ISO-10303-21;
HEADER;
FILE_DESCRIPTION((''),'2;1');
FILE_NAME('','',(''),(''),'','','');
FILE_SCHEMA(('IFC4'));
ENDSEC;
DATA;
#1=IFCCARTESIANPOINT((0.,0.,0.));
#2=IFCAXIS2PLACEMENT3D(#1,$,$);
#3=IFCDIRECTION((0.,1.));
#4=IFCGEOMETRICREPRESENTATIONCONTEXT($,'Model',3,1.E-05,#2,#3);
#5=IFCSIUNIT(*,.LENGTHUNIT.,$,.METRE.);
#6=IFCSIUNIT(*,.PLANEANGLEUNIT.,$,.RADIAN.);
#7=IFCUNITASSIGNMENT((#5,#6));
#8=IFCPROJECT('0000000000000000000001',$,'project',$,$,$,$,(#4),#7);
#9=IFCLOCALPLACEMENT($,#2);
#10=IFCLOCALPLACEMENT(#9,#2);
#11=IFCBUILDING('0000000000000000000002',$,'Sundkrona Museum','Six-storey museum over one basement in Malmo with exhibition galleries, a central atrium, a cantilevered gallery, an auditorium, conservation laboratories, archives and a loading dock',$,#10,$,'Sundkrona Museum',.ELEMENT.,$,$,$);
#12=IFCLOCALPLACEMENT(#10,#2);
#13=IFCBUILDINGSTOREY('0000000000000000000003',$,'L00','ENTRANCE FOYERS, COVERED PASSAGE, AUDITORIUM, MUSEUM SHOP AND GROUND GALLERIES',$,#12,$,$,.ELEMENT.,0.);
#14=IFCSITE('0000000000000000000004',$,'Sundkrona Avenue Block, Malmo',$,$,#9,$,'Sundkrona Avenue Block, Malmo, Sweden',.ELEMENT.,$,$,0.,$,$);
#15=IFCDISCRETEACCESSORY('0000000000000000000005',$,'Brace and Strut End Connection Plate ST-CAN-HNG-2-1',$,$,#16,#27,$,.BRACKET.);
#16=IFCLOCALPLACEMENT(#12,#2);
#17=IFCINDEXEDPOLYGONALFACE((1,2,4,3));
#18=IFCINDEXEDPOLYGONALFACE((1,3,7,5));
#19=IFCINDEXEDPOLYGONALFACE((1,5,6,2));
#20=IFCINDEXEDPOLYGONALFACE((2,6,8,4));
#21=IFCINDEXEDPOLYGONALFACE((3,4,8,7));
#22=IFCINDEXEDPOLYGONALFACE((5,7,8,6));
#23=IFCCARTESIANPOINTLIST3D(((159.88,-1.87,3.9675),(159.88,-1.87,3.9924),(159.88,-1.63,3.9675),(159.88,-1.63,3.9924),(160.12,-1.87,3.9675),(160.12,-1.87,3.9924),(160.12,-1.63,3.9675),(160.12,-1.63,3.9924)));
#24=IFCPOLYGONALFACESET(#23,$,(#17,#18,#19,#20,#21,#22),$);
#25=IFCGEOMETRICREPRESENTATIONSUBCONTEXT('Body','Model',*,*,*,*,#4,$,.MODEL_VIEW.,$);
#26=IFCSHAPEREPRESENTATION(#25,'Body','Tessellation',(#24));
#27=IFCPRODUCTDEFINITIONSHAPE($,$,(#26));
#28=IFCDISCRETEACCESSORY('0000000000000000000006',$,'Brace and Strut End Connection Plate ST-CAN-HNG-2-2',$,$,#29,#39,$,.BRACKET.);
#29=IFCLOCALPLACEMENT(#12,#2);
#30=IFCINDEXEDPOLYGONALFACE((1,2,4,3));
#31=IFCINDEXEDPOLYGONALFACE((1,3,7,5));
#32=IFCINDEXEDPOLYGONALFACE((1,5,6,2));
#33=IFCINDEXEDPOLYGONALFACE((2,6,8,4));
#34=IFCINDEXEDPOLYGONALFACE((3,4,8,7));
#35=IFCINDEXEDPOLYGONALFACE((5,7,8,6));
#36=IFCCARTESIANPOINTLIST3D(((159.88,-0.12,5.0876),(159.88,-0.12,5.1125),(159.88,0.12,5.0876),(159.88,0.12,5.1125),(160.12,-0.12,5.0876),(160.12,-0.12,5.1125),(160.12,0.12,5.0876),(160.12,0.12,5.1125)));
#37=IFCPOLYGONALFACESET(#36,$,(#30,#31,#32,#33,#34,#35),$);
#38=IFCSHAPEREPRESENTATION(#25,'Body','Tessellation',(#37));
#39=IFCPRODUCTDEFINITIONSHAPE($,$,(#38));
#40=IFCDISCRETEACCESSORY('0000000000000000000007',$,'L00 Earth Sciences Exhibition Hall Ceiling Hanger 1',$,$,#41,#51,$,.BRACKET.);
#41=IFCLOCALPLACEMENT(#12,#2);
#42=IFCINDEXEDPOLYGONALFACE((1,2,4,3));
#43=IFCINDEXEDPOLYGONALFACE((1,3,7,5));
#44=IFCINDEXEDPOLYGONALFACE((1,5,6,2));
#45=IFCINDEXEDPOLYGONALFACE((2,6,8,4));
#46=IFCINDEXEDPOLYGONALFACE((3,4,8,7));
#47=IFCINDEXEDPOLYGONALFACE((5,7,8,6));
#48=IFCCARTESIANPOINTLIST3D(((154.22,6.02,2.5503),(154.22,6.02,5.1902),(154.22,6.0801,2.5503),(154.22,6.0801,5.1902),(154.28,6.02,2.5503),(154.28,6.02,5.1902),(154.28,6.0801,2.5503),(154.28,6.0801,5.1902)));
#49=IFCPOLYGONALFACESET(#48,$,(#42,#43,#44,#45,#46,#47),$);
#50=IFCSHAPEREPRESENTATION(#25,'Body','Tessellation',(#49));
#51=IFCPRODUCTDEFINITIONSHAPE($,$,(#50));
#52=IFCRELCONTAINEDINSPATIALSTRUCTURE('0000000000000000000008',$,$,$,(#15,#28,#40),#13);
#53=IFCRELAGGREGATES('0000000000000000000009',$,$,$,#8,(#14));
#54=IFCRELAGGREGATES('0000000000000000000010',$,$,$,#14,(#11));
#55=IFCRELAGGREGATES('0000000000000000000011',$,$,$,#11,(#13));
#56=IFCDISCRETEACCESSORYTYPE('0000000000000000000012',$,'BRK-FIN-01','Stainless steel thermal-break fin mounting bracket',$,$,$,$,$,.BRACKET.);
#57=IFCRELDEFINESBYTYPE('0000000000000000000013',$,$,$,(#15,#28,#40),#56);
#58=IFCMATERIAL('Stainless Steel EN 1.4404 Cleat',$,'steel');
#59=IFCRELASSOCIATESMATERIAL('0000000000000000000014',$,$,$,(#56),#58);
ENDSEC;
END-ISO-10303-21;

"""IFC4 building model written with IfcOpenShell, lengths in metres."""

from ifc_helpers import new_model, si_unit, direction, frame, origin, origin_2d, place, context, subcontext, project, spatial, rectangle, extrude, material, type_object, element, save


model = new_model("IFC4")

# Units and contexts
model_context = context("Model", 3, precision=1e-05, world=origin(), true_north=direction((0.0, 1.0)))
body_context = subcontext(model_context, "Body", "Model", "MODEL_VIEW")
ifc_project = project(units=[si_unit("LENGTHUNIT", "METRE"), si_unit("PLANEANGLEUNIT", "RADIAN")], contexts=[model_context])

# Site, building, storey
site_placement = place(None, origin())
site = spatial("IfcSite", under=ifc_project, at=site_placement, Name="Sundkrona Avenue Block, Malmo", LongName="Sundkrona Avenue Block, Malmo, Sweden", CompositionType="ELEMENT", RefElevation=0.0)
building_placement = place(site_placement, origin())
building = spatial("IfcBuilding", under=site, at=building_placement, Name="Sundkrona Museum", Description="Six-storey museum over one basement in Malmo with exhibition galleries, a central atrium, a cantilevered gallery, an auditorium, conservation laboratories, archives and a loading dock", LongName="Sundkrona Museum", CompositionType="ELEMENT")
storey_placement = place(building_placement, origin())
storey = spatial("IfcBuildingStorey", under=building, at=storey_placement, Name="L00", Description="ENTRANCE FOYERS, COVERED PASSAGE, AUDITORIUM, MUSEUM SHOP AND GROUND GALLERIES", CompositionType="ELEMENT", Elevation=0.0)

# Discrete accessories
ifc_material_1 = material(Name="Stainless Steel EN 1.4404 Cleat", Category="steel")
discrete_accessory_type = type_object("IfcDiscreteAccessoryType", Name="BRK-FIN-01", Description="Stainless steel thermal-break fin mounting bracket", PredefinedType="BRACKET", material=ifc_material_1)
for number, where, z_axis, x_axis, name in (
    (1, (160.0, -1.75, 3.9675), (0.0, 0.0, 1.0), (1.0, 0.0, 0.0), "Brace and Strut End Connection Plate ST-CAN-HNG-2-1"),
    (2, (160.0, 0.0, 5.0876), (0.0, 0.0, 1.0), (1.0, 0.0, 0.0), "Brace and Strut End Connection Plate ST-CAN-HNG-2-2"),
):
    element("IfcDiscreteAccessory", number, at=place(storey_placement, frame(where, z_axis=z_axis, x_axis=x_axis)), inside=storey, type_object=discrete_accessory_type, Name=name, PredefinedType="BRACKET", context=body_context, shape_type="SweptSolid", body=[
        extrude(rectangle(XDim=0.24, YDim=0.24, at=origin_2d()), origin(), (0.0, 0.0, 1.0), 0.0249),
    ])
discrete_accessory_placement = place(storey_placement, frame((154.25, 6.05, 2.5503), z_axis=(0.0, 0.0, 1.0), x_axis=(1.0, 0.0, 0.0)))
element("IfcDiscreteAccessory", 3, at=discrete_accessory_placement, inside=storey, type_object=discrete_accessory_type, Name="L00 Earth Sciences Exhibition Hall Ceiling Hanger 1", PredefinedType="BRACKET", context=body_context, shape_type="SweptSolid", body=[
    extrude(rectangle(XDim=0.0601, YDim=0.0601, at=origin_2d()), origin(), (0.0, 0.0, 1.0), 2.6399),
])

save(model, "model.ifc")
